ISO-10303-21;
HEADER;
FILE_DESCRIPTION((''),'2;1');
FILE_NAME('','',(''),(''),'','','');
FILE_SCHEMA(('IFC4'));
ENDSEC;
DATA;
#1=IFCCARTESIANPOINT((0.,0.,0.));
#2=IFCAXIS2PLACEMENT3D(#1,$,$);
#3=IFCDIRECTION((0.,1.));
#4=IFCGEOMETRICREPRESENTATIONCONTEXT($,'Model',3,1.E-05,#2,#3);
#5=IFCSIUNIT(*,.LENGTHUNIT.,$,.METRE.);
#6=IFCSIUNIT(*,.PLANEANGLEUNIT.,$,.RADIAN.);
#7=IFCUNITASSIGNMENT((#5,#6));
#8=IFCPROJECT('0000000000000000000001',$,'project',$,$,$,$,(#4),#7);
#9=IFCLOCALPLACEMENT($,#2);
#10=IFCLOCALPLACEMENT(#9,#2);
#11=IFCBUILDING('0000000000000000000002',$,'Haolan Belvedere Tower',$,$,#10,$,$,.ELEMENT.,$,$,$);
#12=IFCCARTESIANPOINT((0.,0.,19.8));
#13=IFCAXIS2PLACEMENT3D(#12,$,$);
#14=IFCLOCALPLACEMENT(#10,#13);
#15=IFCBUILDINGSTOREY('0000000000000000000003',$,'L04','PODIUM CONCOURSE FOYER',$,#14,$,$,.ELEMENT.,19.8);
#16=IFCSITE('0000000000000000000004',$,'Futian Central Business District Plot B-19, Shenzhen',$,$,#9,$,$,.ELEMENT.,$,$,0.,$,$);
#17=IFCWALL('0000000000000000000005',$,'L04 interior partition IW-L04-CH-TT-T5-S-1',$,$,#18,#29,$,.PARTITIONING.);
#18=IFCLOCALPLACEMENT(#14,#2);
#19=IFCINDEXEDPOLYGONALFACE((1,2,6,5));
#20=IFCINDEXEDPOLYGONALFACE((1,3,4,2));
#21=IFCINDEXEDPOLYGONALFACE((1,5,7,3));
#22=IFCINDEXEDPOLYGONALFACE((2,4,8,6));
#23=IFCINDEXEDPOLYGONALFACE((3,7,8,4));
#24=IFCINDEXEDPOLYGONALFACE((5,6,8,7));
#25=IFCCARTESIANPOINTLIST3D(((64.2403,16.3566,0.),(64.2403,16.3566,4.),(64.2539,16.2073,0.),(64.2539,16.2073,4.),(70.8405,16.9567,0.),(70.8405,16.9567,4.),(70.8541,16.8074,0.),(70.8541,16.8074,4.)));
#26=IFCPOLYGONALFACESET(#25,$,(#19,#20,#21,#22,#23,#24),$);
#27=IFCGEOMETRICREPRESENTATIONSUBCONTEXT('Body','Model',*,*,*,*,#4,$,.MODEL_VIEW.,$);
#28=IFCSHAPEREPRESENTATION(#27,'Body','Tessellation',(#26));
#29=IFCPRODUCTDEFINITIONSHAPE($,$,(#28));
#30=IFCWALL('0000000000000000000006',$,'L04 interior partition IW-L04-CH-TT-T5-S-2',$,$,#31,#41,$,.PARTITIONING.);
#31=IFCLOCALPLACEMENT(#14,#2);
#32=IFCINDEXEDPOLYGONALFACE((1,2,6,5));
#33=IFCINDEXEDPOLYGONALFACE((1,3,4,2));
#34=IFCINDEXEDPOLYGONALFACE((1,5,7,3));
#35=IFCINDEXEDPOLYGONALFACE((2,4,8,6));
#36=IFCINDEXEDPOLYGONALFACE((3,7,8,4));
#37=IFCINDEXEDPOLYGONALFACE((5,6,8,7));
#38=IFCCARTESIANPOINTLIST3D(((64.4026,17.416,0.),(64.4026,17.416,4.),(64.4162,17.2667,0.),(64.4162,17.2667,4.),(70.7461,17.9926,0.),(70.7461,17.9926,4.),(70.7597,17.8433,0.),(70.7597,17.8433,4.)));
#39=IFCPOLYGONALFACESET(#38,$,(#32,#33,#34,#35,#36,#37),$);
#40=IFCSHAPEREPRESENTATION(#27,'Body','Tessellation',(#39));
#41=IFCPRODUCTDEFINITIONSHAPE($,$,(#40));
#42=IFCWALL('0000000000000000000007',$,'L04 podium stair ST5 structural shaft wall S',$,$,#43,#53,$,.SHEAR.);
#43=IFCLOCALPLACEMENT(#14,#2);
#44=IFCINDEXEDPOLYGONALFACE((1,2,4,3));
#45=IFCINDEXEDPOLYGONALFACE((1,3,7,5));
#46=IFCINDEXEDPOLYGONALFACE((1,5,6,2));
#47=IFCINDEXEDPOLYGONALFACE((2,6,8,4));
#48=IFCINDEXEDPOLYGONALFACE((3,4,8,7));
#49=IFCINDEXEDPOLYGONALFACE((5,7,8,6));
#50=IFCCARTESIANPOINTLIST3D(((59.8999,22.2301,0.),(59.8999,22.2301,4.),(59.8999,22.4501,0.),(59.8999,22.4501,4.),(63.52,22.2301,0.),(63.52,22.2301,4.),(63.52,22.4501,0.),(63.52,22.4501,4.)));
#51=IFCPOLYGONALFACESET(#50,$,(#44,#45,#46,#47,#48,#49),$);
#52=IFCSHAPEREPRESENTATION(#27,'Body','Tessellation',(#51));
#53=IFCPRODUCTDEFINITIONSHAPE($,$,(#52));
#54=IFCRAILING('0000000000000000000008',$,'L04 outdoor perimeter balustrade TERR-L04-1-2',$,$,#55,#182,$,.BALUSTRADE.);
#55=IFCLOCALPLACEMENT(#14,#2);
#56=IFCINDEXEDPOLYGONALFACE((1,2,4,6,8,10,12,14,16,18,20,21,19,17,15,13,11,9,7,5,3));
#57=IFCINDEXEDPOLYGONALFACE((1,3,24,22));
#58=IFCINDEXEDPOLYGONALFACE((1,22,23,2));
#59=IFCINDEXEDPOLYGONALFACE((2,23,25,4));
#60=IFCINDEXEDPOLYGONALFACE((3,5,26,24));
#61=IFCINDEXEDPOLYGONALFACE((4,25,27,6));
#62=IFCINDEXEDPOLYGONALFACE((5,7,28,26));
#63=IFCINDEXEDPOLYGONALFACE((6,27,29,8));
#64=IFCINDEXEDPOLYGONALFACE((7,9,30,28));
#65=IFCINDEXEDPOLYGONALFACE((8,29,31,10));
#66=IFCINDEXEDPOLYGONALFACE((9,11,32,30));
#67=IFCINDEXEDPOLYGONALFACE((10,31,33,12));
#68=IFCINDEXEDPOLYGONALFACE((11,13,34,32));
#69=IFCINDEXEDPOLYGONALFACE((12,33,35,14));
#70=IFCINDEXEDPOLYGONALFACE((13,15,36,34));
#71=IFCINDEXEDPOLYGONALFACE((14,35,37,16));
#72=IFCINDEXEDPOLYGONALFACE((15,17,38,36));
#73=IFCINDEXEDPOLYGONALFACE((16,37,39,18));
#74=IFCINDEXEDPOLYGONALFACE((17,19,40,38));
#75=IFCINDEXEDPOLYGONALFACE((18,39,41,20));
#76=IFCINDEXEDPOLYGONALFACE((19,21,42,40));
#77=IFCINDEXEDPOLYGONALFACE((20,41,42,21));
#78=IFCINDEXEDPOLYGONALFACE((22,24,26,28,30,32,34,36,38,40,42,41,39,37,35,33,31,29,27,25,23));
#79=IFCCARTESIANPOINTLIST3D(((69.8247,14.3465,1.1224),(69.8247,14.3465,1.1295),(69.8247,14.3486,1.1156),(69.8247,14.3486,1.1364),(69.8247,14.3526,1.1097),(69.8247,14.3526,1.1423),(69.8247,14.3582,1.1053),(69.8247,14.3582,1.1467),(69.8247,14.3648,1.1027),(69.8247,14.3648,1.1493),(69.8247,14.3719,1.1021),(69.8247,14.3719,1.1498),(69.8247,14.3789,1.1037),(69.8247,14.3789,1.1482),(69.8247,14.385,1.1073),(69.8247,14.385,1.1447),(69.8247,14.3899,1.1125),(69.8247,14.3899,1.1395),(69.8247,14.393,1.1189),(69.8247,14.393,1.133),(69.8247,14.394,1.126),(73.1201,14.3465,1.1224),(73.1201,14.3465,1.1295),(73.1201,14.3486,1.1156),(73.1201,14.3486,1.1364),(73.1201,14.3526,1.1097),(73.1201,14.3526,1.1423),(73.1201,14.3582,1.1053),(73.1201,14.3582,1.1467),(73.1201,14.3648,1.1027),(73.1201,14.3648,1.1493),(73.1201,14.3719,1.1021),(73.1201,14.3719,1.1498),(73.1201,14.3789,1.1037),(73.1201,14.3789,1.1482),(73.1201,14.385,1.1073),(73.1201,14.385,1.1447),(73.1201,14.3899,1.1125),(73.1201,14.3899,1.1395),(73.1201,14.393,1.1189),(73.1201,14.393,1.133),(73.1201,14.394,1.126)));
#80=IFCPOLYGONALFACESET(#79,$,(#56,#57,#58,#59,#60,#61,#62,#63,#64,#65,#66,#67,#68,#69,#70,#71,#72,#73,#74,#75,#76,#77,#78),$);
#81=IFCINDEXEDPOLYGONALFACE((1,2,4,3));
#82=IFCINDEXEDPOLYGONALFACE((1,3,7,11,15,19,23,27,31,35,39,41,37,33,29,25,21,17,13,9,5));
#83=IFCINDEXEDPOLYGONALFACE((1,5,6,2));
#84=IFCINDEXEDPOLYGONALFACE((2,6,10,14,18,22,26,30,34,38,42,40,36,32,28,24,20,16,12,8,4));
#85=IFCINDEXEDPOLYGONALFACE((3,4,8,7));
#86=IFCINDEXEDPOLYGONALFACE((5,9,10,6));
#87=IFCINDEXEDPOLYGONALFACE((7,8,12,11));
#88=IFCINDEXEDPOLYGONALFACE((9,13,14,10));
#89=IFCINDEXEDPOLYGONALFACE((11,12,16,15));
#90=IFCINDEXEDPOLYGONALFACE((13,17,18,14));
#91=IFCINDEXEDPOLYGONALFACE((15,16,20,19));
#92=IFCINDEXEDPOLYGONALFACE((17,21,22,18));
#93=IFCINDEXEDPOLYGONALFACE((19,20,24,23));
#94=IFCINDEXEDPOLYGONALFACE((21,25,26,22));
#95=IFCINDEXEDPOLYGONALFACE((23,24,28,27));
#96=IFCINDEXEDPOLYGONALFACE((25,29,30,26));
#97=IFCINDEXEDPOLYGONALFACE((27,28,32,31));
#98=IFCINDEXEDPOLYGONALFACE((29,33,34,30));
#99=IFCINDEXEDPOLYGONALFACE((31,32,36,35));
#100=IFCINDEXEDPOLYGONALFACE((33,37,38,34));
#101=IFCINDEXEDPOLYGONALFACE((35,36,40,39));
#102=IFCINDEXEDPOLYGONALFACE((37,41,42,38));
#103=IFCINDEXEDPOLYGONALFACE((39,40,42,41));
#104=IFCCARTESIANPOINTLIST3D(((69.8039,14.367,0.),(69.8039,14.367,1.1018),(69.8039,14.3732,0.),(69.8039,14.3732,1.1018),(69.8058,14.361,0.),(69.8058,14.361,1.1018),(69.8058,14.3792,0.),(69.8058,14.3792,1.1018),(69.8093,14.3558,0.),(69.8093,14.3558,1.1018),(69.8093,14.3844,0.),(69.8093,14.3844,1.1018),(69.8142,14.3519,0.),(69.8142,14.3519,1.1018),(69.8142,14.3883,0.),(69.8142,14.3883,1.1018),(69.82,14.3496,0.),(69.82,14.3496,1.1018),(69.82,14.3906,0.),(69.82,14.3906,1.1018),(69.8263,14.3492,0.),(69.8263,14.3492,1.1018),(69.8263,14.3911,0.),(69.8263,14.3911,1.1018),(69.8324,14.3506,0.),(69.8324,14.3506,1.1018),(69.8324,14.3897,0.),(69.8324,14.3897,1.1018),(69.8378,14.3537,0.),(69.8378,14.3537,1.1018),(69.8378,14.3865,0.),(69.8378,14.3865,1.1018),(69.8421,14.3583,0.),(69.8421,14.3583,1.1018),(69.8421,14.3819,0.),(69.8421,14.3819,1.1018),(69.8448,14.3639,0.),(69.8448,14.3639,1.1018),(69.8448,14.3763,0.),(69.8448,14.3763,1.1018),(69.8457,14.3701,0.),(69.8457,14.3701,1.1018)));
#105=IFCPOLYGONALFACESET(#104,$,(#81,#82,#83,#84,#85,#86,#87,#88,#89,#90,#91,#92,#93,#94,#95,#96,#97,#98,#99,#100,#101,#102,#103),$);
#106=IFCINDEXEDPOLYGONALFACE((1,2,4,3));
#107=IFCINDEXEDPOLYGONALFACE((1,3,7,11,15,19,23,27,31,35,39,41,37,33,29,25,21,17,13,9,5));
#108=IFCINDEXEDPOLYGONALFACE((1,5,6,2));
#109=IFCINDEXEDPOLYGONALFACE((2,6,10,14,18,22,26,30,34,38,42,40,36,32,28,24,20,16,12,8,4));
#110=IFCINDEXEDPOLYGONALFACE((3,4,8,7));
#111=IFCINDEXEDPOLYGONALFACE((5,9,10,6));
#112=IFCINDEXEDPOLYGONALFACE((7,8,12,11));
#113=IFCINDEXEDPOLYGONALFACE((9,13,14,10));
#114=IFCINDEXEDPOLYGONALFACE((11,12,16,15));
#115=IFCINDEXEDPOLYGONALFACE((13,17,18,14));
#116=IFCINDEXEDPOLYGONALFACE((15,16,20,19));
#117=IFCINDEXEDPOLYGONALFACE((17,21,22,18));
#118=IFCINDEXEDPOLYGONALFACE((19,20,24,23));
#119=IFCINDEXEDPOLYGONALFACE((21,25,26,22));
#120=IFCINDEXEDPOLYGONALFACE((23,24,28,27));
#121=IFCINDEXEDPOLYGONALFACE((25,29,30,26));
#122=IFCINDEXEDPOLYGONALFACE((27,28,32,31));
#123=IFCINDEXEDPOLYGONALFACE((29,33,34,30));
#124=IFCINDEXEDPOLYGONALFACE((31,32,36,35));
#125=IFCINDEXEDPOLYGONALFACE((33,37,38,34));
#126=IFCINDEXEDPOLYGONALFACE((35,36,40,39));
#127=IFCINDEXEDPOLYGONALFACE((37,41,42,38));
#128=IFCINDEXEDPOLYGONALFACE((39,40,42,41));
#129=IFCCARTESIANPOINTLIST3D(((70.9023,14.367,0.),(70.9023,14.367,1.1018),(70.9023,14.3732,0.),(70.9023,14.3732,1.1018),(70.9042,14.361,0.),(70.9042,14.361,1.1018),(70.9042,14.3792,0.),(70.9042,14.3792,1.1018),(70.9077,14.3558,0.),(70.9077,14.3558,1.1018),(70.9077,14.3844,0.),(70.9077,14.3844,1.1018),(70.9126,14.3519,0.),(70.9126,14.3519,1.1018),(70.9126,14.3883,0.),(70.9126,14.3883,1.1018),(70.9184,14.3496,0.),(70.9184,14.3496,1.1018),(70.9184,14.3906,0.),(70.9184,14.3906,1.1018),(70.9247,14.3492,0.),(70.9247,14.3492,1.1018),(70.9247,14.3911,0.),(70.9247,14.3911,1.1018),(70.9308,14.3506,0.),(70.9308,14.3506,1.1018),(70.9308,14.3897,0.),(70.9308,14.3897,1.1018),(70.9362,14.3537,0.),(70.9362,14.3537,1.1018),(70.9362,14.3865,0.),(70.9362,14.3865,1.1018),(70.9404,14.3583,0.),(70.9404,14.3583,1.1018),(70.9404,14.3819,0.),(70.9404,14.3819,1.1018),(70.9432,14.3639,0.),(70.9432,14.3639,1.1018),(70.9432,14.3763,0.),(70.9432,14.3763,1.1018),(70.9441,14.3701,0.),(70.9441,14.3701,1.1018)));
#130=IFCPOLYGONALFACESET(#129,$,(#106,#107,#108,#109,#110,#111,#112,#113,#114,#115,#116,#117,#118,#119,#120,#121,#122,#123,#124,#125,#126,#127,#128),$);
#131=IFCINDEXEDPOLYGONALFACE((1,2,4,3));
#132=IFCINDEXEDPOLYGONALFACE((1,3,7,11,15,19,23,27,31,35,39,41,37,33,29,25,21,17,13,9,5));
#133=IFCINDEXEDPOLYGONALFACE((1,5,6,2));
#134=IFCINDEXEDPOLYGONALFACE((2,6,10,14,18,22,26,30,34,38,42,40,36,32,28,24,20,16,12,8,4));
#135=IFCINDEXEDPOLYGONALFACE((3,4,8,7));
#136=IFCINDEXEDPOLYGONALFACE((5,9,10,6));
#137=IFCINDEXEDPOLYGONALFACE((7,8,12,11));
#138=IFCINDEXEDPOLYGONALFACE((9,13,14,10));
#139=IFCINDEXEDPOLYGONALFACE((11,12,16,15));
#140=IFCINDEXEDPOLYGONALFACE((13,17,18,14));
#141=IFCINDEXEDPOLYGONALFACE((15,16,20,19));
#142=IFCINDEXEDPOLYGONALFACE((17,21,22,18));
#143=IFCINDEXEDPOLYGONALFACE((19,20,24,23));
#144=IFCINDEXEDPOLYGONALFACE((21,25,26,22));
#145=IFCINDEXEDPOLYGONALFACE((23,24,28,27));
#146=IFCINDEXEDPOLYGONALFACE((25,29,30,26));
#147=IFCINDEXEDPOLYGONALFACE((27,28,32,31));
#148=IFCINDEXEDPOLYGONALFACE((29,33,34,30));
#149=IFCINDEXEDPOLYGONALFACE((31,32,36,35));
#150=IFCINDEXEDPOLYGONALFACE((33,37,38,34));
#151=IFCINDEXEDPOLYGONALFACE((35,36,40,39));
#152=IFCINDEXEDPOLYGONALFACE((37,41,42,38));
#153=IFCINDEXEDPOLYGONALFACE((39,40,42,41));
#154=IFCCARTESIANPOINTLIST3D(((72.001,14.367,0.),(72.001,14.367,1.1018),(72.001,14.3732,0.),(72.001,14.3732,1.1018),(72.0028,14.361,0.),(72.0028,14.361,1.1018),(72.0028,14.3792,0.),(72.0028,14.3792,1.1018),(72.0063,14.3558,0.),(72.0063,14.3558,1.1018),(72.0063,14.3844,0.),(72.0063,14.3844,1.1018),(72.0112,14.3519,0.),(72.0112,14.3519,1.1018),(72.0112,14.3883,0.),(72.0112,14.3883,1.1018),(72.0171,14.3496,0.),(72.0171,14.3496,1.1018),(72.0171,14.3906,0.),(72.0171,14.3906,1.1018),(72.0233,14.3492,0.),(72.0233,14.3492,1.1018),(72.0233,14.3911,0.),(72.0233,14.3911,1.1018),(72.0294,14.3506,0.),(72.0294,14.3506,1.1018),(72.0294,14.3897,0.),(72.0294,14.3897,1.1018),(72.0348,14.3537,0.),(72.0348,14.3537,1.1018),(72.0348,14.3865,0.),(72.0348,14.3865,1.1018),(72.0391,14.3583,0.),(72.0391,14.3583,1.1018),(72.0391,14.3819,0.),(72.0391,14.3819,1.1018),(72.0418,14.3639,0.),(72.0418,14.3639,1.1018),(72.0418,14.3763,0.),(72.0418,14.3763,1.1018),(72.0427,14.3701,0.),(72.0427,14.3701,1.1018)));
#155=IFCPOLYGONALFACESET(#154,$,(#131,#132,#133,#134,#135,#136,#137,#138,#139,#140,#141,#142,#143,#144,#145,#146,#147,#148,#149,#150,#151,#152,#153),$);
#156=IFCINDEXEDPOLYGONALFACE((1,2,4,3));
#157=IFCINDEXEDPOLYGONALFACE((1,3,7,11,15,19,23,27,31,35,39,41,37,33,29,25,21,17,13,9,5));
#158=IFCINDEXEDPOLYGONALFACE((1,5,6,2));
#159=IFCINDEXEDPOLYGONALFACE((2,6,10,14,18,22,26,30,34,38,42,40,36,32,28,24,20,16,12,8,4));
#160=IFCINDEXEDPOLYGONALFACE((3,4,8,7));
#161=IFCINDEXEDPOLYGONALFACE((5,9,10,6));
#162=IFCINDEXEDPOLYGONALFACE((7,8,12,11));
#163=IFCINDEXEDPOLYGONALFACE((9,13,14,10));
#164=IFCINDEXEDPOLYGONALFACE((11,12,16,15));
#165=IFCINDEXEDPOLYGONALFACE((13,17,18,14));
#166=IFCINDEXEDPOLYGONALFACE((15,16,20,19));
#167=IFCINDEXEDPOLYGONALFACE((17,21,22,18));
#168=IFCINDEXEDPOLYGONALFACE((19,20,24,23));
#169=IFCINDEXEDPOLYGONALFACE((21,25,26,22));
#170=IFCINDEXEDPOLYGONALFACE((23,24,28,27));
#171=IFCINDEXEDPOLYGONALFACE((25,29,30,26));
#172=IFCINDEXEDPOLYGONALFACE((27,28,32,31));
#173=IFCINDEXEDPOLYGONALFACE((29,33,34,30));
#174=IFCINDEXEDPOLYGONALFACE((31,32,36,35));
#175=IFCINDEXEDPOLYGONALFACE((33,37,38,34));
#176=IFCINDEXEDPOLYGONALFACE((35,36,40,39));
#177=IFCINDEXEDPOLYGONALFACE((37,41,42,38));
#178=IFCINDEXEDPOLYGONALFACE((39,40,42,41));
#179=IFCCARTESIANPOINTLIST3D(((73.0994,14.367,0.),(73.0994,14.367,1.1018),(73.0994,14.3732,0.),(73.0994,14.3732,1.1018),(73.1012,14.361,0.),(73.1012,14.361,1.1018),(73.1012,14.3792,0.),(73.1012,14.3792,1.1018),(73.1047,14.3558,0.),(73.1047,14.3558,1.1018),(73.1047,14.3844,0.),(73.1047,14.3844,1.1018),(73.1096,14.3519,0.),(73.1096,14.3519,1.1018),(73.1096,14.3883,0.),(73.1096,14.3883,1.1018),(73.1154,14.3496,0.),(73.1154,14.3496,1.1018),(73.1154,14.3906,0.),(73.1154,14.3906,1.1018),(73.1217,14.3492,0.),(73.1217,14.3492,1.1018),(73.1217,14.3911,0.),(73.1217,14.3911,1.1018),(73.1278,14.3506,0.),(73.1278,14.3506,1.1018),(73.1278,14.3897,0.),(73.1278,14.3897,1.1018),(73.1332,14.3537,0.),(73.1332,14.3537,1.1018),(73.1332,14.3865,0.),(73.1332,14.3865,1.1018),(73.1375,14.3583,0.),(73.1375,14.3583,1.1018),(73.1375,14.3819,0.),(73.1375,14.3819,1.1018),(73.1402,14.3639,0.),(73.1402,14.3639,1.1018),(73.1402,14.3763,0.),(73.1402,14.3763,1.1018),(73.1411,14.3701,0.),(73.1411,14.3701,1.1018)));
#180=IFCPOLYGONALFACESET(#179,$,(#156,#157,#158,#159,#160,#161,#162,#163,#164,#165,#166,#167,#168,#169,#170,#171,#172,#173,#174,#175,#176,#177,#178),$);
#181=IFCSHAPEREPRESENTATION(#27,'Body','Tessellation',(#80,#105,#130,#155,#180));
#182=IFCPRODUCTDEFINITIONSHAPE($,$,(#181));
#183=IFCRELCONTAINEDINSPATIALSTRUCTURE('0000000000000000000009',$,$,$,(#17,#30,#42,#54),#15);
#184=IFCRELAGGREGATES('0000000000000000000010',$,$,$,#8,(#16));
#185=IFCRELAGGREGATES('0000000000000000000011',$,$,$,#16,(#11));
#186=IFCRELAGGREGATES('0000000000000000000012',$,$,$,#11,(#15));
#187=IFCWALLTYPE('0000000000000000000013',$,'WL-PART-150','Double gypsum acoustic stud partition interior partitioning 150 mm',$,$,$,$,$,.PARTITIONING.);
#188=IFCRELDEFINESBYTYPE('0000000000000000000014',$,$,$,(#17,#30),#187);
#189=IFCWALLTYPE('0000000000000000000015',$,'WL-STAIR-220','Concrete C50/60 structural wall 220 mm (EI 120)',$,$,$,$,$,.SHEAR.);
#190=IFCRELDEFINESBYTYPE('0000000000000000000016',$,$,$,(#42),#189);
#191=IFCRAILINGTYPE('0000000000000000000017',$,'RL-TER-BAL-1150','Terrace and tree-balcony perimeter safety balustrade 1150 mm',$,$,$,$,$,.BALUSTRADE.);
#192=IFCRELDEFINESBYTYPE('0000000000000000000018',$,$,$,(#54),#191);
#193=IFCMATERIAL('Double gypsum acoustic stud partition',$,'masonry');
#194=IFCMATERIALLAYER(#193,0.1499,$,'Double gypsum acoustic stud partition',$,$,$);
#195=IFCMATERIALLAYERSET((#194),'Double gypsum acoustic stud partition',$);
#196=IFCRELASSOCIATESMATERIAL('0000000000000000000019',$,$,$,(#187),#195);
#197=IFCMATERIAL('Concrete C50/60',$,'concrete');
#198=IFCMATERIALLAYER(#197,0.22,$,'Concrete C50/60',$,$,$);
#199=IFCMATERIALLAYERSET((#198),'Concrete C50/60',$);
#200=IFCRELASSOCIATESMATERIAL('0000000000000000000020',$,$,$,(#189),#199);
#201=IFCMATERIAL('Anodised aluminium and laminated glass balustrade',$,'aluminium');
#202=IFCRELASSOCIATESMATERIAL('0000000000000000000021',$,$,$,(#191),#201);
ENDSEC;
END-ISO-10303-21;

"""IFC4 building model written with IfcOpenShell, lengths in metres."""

from ifc_helpers import new_model, si_unit, direction, frame, frame_2d, origin, origin_2d, place, context, subcontext, project, spatial, rectangle, circle, extrude, material, layer, layer_set, type_object, element, save


model = new_model("IFC4")

# Units and contexts
model_context = context("Model", 3, precision=1e-05, world=origin(), true_north=direction((0.0, 1.0)))
body_context = subcontext(model_context, "Body", "Model", "MODEL_VIEW")
ifc_project = project(units=[si_unit("LENGTHUNIT", "METRE"), si_unit("PLANEANGLEUNIT", "RADIAN")], contexts=[model_context])

# Site, building, storey
site_placement = place(None, origin())
site = spatial("IfcSite", under=ifc_project, at=site_placement, Name="Futian Central Business District Plot B-19, Shenzhen", CompositionType="ELEMENT", RefElevation=0.0)
building_placement = place(site_placement, origin())
building = spatial("IfcBuilding", under=site, at=building_placement, Name="Haolan Belvedere Tower", CompositionType="ELEMENT")
storey_placement = place(building_placement, frame((0.0, 0.0, 19.8)))
storey = spatial("IfcBuildingStorey", under=building, at=storey_placement, Name="L04", Description="PODIUM CONCOURSE FOYER", CompositionType="ELEMENT", Elevation=19.8)

# Walls
ifc_material_1 = material(Name="Double gypsum acoustic stud partition", Category="masonry")
ifc_layer_1 = layer(ifc_material_1, 0.1499, Name="Double gypsum acoustic stud partition")
ifc_layer_set_1 = layer_set([ifc_layer_1], Name="Double gypsum acoustic stud partition")
wall_type_1 = type_object("IfcWallType", Name="WL-PART-150", Description="Double gypsum acoustic stud partition interior partitioning 150 mm", PredefinedType="PARTITIONING", material=ifc_layer_set_1)
wall_1_placement = place(storey_placement, frame((64.2471, 16.282, 0.0), z_axis=(0.0, 0.0, 1.0), x_axis=(0.995892, 0.090549, 0.0)))
element("IfcWall", 1, at=wall_1_placement, inside=storey, type_object=wall_type_1, Name="L04 interior partition IW-L04-CH-TT-T5-S-1", PredefinedType="PARTITIONING", context=body_context, shape_type="SweptSolid", body=[
    extrude(rectangle(XDim=6.6274, YDim=0.1499, at=frame_2d((3.3137, 0.0))), origin(), (0.0, 0.0, 1.0), 4.0),
])
wall_2_placement = place(storey_placement, frame((64.4094, 17.3413, 0.0), z_axis=(0.0, 0.0, 1.0), x_axis=(0.995894, 0.090532, 0.0)))
element("IfcWall", 2, at=wall_2_placement, inside=storey, type_object=wall_type_1, Name="L04 interior partition IW-L04-CH-TT-T5-S-2", PredefinedType="PARTITIONING", context=body_context, shape_type="SweptSolid", body=[
    extrude(rectangle(XDim=6.3696, YDim=0.1499, at=frame_2d((3.1848, 0.0))), origin(), (0.0, 0.0, 1.0), 4.0),
])
ifc_material_2 = material(Name="Concrete C50/60", Category="concrete")
ifc_layer_2 = layer(ifc_material_2, 0.22, Name="Concrete C50/60")
ifc_layer_set_2 = layer_set([ifc_layer_2], Name="Concrete C50/60")
wall_type_2 = type_object("IfcWallType", Name="WL-STAIR-220", Description="Concrete C50/60 structural wall 220 mm (EI 120)", PredefinedType="SHEAR", material=ifc_layer_set_2)
wall_3_placement = place(storey_placement, frame((59.8999, 22.3401, 0.0), z_axis=(0.0, 0.0, 1.0), x_axis=(1.0, 0.0, 0.0)))
element("IfcWall", 3, at=wall_3_placement, inside=storey, type_object=wall_type_2, Name="L04 podium stair ST5 structural shaft wall S", PredefinedType="SHEAR", context=body_context, shape_type="SweptSolid", body=[
    extrude(rectangle(XDim=3.6201, YDim=0.22, at=frame_2d((1.8101, 0.0))), origin(), (0.0, 0.0, 1.0), 4.0),
])

# Railing
ifc_material_3 = material(Name="Anodised aluminium and laminated glass balustrade", Category="aluminium")
railing_type = type_object("IfcRailingType", Name="RL-TER-BAL-1150", Description="Terrace and tree-balcony perimeter safety balustrade 1150 mm", PredefinedType="BALUSTRADE", material=ifc_material_3)
railing_1_placement = place(storey_placement, frame((69.8247, 14.3701, 0.0)))
element("IfcRailing", 4, at=railing_1_placement, inside=storey, type_object=railing_type, Name="L04 outdoor perimeter balustrade TERR-L04-1-2", PredefinedType="BALUSTRADE", context=body_context, shape_type="SweptSolid", body=[
    extrude(circle(Radius=0.0239, at=origin_2d()), frame((0.0, 0.0, 1.126), z_axis=(1.0, 0.0, 0.0), x_axis=(0.0, 1.0, 0.0)), (0.0, 0.0, 1.0), 3.2954),
    extrude(circle(Radius=0.021, at=origin_2d()), origin(), (0.0, 0.0, 1.0), 1.1018),
    extrude(circle(Radius=0.021, at=origin_2d()), frame((1.0984, 0.0, 0.0)), (0.0, 0.0, 1.0), 1.1018),
    extrude(circle(Radius=0.021, at=origin_2d()), frame((2.197, 0.0, 0.0)), (0.0, 0.0, 1.0), 1.1018),
    extrude(circle(Radius=0.021, at=origin_2d()), frame((3.2954, 0.0, 0.0)), (0.0, 0.0, 1.0), 1.1018),
])

save(model, "model.ifc")
